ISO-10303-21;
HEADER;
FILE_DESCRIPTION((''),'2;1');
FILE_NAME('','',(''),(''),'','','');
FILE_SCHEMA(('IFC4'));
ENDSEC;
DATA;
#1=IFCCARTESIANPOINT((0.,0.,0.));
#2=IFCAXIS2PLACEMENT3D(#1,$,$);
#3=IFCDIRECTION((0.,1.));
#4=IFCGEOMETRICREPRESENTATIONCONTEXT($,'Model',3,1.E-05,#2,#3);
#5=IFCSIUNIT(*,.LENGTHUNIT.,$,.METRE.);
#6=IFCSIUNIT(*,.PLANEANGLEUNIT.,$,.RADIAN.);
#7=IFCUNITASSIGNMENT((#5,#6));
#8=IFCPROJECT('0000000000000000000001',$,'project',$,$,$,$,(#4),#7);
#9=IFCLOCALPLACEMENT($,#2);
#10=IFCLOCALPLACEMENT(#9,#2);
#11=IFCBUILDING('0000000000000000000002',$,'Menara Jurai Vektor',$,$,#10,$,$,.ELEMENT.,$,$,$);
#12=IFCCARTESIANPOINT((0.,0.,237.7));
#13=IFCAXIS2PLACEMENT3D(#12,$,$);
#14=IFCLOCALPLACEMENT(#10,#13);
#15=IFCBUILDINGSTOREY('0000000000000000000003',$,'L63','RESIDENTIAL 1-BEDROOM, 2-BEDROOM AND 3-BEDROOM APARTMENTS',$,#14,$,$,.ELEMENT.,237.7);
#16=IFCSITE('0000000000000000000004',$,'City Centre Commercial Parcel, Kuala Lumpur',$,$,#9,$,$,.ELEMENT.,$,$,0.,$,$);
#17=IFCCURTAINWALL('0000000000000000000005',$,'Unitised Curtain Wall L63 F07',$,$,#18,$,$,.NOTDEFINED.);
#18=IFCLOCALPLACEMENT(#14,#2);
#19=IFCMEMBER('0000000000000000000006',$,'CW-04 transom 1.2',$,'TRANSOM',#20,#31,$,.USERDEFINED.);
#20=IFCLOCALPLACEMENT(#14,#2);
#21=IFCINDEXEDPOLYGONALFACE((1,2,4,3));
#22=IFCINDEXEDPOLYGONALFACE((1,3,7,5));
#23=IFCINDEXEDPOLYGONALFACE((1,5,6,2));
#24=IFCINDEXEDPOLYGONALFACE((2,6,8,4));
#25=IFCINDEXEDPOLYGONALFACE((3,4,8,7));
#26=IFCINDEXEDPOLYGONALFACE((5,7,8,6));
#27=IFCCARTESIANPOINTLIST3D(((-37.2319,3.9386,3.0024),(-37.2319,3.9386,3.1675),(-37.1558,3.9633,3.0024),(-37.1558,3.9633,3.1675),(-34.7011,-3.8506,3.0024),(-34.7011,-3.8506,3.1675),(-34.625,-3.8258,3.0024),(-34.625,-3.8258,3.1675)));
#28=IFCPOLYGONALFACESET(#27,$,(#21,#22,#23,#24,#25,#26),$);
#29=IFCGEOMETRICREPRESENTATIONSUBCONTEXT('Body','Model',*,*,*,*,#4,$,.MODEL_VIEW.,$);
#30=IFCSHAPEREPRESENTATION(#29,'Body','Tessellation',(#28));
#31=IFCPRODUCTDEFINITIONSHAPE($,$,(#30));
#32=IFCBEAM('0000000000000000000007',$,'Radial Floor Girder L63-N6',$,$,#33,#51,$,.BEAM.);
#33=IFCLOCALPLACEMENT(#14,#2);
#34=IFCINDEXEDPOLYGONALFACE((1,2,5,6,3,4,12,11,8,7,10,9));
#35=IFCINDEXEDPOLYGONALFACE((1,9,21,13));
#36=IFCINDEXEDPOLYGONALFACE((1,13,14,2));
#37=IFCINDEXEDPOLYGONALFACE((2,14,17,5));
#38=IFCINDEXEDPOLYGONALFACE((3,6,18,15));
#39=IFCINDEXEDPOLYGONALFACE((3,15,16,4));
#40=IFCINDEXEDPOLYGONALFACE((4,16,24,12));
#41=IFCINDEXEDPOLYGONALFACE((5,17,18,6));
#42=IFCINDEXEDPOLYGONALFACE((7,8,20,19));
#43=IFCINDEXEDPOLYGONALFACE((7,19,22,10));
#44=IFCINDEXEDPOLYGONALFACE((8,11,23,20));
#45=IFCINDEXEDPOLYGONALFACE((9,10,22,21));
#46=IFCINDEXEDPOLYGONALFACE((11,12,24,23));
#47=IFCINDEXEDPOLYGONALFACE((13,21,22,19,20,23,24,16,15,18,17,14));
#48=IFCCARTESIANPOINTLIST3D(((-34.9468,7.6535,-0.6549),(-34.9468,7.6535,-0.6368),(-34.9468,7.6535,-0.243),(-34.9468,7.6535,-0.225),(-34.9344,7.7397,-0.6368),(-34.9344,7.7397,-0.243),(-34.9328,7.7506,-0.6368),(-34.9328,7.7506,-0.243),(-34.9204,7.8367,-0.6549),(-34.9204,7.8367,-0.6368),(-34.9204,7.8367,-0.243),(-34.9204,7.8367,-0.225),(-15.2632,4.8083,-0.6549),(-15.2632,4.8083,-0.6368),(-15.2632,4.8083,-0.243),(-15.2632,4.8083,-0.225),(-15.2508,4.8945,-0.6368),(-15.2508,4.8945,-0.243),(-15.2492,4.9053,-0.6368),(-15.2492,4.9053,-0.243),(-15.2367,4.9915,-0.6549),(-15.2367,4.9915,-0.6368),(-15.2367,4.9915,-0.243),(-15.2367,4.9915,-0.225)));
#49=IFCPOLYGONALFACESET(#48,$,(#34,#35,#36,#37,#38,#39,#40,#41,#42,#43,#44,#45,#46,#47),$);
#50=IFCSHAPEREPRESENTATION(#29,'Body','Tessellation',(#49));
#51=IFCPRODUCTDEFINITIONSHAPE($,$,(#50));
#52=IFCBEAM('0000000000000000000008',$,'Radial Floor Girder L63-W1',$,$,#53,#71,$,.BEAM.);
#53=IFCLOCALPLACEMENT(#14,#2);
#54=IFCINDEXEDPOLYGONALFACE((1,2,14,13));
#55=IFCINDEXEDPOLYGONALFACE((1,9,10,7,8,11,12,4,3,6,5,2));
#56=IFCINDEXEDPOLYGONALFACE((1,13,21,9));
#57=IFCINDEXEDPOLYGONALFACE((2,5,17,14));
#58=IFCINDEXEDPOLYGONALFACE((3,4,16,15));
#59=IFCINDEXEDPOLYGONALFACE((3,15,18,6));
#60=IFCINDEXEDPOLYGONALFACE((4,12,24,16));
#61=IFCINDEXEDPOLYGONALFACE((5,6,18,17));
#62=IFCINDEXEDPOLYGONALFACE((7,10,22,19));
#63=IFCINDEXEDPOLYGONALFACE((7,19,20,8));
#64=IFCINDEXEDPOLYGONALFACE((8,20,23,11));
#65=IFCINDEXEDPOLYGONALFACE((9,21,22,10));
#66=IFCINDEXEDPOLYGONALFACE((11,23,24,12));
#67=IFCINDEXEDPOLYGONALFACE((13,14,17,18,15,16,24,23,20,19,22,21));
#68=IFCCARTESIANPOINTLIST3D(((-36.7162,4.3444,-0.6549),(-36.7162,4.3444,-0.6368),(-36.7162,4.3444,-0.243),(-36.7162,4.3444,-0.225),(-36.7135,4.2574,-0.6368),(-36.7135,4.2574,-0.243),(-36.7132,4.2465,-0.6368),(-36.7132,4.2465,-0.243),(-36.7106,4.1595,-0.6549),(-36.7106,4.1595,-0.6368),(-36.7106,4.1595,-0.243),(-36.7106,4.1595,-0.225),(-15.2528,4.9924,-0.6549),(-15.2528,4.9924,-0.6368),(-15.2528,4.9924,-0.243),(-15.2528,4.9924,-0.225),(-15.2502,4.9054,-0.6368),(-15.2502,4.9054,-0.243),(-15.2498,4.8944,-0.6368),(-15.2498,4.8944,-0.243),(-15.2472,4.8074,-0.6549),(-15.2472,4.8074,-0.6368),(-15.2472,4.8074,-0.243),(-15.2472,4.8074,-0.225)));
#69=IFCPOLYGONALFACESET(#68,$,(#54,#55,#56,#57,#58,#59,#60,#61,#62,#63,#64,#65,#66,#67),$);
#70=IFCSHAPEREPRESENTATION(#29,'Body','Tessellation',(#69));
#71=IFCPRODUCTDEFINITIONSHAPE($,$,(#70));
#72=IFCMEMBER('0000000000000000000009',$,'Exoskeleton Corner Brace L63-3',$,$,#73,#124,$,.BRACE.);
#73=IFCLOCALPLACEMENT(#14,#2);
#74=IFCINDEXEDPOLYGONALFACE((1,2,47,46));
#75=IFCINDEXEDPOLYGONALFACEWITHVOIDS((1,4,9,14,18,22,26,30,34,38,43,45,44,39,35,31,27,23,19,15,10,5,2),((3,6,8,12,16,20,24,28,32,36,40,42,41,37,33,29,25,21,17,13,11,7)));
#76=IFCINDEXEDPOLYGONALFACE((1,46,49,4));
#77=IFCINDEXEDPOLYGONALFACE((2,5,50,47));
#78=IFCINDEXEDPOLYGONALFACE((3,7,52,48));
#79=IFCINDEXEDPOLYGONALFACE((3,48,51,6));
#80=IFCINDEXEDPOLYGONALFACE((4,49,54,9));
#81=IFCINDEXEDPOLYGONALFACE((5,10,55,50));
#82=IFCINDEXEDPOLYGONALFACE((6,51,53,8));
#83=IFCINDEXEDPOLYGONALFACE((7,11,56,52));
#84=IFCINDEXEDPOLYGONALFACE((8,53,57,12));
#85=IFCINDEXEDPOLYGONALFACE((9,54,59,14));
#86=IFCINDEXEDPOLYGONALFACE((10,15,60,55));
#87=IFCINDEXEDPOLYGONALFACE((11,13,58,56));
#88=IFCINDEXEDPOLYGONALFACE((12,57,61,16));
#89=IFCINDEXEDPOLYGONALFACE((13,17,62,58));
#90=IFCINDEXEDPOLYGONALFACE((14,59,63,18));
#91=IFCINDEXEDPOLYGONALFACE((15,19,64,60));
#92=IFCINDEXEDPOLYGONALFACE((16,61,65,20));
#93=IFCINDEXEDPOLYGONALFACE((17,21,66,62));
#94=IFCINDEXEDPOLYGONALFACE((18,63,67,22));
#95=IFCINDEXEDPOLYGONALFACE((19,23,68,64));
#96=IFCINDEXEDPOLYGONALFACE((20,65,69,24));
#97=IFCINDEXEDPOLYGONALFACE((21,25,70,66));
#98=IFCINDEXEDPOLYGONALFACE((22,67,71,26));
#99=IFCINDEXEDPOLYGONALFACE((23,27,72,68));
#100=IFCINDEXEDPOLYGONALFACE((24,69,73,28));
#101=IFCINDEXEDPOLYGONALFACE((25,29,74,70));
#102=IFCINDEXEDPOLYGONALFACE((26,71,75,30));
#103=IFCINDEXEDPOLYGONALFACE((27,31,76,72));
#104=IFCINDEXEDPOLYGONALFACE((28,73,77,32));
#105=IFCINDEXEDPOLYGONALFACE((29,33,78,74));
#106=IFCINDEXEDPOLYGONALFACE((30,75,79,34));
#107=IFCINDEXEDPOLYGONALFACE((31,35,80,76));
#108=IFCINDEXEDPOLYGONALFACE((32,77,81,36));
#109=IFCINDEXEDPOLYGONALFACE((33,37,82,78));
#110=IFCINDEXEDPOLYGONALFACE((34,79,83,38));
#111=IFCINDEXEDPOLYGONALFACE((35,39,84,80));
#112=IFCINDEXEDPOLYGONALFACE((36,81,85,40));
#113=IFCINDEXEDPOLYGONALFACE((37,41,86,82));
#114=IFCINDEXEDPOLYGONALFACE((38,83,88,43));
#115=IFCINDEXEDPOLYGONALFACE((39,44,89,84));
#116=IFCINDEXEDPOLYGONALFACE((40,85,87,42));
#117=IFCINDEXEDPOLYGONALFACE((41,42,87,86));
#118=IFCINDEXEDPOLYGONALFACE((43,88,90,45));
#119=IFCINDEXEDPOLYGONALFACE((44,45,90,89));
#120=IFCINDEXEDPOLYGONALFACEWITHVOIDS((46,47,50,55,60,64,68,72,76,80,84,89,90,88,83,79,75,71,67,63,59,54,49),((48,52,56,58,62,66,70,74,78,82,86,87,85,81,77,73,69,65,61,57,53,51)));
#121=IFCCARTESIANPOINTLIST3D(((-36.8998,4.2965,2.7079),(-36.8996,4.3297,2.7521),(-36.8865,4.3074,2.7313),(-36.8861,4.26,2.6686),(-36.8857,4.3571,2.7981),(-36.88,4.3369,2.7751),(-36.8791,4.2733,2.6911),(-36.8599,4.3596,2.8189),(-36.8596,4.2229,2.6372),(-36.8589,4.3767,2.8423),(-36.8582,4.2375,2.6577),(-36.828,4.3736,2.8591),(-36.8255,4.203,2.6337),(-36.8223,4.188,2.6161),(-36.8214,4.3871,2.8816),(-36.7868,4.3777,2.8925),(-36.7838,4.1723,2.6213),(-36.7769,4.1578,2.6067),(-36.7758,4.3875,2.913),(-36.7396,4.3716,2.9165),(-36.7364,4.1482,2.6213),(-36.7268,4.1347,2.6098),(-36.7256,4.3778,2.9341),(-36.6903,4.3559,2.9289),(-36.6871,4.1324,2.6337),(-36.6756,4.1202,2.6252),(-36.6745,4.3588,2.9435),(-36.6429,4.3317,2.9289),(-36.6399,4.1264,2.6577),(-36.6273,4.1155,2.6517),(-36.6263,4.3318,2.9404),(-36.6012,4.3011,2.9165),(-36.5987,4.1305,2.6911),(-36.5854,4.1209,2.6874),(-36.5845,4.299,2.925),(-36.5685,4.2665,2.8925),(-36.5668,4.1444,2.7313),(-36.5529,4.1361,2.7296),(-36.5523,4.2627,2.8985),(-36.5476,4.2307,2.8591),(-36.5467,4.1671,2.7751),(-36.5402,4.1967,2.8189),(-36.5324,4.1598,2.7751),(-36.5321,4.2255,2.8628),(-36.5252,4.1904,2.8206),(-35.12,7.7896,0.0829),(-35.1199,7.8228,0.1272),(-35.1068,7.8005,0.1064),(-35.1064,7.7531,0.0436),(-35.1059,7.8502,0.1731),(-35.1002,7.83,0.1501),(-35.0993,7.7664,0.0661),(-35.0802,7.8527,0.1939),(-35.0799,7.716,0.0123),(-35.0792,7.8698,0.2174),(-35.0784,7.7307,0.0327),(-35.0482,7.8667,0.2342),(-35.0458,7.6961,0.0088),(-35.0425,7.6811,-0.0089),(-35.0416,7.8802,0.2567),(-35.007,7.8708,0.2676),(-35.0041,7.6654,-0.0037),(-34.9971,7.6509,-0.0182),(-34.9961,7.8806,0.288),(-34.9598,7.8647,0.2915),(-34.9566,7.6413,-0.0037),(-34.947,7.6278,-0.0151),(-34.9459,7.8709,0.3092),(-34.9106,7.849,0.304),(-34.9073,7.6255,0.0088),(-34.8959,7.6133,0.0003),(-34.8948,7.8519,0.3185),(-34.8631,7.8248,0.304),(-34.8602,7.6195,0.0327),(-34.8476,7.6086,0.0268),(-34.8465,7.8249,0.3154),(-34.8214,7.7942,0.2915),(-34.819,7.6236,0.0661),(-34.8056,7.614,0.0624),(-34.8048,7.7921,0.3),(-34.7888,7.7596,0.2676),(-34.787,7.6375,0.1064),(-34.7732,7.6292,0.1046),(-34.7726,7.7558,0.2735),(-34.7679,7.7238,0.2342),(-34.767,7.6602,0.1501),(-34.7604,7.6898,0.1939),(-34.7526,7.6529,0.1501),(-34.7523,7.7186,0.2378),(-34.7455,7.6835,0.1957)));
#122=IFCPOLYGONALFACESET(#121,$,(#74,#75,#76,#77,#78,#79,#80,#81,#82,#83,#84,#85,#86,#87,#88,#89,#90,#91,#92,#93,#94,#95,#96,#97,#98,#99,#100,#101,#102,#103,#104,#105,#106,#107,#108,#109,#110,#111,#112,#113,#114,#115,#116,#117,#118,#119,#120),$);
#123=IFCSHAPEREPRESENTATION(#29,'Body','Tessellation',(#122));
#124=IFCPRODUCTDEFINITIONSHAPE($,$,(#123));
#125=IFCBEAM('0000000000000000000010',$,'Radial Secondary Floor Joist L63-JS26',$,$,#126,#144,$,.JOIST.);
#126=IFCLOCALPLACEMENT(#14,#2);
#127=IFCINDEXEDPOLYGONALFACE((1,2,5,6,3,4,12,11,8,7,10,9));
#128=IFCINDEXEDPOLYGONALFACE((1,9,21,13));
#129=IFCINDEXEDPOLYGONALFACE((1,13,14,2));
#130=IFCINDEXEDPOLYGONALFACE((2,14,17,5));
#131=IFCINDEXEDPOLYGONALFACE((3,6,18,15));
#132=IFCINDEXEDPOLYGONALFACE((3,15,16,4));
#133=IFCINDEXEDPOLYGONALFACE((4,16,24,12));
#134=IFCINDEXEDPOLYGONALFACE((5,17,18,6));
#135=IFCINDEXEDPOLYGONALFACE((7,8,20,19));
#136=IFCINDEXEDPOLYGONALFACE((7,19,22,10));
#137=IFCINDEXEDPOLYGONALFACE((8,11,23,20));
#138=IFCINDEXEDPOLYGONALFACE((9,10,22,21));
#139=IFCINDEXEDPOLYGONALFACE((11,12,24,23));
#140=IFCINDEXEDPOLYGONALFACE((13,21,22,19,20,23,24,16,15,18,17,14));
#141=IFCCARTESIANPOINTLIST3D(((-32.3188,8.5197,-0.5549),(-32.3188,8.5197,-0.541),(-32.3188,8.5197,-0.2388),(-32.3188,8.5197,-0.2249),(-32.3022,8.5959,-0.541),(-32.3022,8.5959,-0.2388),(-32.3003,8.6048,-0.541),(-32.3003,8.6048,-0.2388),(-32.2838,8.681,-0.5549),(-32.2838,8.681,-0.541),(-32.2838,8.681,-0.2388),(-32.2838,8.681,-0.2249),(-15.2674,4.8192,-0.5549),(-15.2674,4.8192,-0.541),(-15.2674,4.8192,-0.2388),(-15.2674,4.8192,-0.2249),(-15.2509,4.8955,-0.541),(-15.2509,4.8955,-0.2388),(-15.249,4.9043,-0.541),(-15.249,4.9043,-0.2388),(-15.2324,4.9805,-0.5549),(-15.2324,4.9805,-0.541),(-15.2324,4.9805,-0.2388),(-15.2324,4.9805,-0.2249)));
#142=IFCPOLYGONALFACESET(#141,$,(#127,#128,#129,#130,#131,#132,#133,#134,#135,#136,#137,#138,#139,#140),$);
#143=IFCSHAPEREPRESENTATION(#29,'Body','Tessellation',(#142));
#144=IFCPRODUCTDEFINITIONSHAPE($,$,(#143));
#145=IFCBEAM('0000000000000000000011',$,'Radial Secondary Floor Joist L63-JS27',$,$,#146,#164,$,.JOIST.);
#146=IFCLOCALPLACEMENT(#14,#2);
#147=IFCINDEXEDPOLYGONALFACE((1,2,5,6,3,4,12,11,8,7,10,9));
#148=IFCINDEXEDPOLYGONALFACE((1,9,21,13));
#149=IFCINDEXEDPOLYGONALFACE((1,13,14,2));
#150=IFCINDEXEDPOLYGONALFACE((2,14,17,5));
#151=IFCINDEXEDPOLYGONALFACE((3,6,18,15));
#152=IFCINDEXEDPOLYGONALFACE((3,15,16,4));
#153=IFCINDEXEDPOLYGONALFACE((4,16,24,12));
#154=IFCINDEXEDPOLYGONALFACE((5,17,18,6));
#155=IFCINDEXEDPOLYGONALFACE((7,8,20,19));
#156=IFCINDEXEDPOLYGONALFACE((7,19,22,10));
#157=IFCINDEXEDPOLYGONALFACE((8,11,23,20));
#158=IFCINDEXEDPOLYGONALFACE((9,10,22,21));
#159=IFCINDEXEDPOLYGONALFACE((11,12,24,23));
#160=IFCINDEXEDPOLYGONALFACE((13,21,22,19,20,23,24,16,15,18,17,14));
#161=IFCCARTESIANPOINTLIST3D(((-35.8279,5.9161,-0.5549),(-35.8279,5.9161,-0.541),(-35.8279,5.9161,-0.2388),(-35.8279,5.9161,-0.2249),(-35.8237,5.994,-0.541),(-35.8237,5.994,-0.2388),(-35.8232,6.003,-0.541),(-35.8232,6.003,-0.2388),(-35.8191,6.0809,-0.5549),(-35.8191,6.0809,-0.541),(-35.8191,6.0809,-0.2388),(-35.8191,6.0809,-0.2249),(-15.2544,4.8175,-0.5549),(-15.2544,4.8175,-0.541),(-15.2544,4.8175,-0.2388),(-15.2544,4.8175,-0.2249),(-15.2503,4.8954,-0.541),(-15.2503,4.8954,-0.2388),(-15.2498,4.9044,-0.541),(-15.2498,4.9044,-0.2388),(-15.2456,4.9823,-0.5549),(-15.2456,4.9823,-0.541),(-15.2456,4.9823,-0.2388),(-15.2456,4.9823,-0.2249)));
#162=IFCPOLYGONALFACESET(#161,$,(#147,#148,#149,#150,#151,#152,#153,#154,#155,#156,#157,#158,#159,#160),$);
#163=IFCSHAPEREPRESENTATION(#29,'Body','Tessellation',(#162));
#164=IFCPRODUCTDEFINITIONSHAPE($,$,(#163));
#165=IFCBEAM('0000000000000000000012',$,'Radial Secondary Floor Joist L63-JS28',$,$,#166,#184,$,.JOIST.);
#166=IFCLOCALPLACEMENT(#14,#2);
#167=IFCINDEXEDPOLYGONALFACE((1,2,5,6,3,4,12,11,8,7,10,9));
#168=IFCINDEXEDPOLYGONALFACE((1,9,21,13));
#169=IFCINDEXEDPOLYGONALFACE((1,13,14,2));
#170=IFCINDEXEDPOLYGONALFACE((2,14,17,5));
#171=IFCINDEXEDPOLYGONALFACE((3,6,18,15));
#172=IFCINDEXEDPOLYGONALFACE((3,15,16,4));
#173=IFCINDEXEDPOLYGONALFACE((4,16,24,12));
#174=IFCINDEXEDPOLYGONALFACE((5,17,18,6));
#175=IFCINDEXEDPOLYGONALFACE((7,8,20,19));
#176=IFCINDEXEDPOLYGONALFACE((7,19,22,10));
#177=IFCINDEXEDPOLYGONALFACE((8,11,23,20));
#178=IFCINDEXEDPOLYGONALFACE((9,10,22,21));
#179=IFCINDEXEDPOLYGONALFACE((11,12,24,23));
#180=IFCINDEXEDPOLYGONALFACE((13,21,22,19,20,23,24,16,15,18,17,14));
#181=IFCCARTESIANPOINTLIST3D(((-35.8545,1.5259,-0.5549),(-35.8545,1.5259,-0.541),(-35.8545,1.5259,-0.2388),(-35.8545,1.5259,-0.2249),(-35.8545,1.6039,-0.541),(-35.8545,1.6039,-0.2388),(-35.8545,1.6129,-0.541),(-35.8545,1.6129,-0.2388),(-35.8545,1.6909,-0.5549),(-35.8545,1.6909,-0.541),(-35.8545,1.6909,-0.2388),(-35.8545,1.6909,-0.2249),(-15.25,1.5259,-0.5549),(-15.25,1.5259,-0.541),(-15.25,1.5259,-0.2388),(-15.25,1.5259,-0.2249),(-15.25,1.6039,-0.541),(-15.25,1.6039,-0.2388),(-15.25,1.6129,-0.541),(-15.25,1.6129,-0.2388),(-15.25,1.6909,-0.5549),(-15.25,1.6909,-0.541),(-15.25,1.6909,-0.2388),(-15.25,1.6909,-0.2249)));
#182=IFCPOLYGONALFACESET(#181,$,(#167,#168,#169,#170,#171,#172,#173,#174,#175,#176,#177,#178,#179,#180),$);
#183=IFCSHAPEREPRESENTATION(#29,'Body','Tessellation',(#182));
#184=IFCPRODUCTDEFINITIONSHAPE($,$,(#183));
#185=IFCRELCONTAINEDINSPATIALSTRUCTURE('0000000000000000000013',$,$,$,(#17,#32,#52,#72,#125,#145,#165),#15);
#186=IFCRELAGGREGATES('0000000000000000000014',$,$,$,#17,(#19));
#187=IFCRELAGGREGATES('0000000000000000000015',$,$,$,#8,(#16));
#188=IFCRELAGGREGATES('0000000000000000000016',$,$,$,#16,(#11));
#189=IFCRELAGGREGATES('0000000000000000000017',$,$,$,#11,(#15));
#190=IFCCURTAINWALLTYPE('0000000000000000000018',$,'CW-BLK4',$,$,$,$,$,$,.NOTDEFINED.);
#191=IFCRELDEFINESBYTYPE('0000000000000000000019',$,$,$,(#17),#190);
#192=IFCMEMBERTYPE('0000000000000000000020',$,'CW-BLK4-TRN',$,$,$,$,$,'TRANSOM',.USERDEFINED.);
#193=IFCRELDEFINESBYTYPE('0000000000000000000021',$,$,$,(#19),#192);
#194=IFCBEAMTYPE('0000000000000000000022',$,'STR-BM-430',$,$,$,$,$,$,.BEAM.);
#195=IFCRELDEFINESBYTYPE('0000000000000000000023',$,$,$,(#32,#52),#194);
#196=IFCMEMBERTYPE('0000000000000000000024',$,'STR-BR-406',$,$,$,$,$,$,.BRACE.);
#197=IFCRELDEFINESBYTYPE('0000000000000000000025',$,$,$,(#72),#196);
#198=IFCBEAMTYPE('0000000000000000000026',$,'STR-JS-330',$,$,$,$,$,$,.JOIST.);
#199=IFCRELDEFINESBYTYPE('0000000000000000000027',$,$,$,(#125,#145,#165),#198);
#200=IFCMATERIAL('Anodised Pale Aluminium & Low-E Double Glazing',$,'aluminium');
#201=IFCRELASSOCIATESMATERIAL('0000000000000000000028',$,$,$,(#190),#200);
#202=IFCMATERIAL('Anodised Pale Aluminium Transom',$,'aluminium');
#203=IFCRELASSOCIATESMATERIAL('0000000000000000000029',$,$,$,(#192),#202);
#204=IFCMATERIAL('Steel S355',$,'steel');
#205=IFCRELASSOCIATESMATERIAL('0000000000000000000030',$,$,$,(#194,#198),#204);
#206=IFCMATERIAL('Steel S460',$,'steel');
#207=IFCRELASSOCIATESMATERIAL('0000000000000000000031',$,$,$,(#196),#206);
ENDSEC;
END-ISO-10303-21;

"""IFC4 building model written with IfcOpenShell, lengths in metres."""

from ifc_helpers import new_model, si_unit, direction, frame, origin, origin_2d, place, context, subcontext, project, spatial, rectangle, hollow_circle, i_section, extrude, material, material_profile, profile_set, type_object, element, aggregate, save


model = new_model("IFC4")

# Units and contexts
model_context = context("Model", 3, precision=1e-05, world=origin(), true_north=direction((0.0, 1.0)))
body_context = subcontext(model_context, "Body", "Model", "MODEL_VIEW")
ifc_project = project(units=[si_unit("LENGTHUNIT", "METRE"), si_unit("PLANEANGLEUNIT", "RADIAN")], contexts=[model_context])

# Site, building, storey
site_placement = place(None, origin())
site = spatial("IfcSite", under=ifc_project, at=site_placement, Name="City Centre Commercial Parcel, Kuala Lumpur", CompositionType="ELEMENT", RefElevation=0.0)
building_placement = place(site_placement, origin())
building = spatial("IfcBuilding", under=site, at=building_placement, Name="Menara Jurai Vektor", CompositionType="ELEMENT")
storey_placement = place(building_placement, frame((0.0, 0.0, 237.7)))
storey = spatial("IfcBuildingStorey", under=building, at=storey_placement, Name="L63", Description="RESIDENTIAL 1-BEDROOM, 2-BEDROOM AND 3-BEDROOM APARTMENTS", CompositionType="ELEMENT", Elevation=237.7)

# Shared definitions
ifc_material_1 = material(Name="Steel S460", Category="steel")

# Shared definitions
ifc_material_2 = material(Name="Anodised Pale Aluminium & Low-E Double Glazing", Category="aluminium")
curtain_wall_type = type_object("IfcCurtainWallType", Name="CW-BLK4", PredefinedType="NOTDEFINED", material=ifc_material_2)

# Curtain wall
curtain_wall_1_placement = place(storey_placement, origin())
curtain_wall_1 = element("IfcCurtainWall", 1, at=curtain_wall_1_placement, inside=storey, type_object=curtain_wall_type, Name="Unitised Curtain Wall L63 F07", PredefinedType="NOTDEFINED")

# Member
ifc_material_3 = material(Name="Anodised Pale Aluminium Transom", Category="aluminium")
ifc_material_profile_1 = material_profile(ifc_material_3, rectangle(XDim=0.0801, YDim=0.165, at=origin_2d()), Name="ALU TRN 80x165")
ifc_profile_set_1 = profile_set([ifc_material_profile_1], Name="Anodised Pale Aluminium Transom")
member_type_1 = type_object("IfcMemberType", Name="CW-BLK4-TRN", ElementType="TRANSOM", PredefinedType="USERDEFINED", material=ifc_profile_set_1)
member_1_placement = place(storey_placement, frame((-37.1938, 3.9509, 3.085), z_axis=(0.309011, -0.951059, 0.0), x_axis=(0.951059, 0.309011, 0.0)))
member_1 = element("IfcMember", 2, at=member_1_placement, type_object=member_type_1, Name="CW-04 transom 1.2", ObjectType="TRANSOM", PredefinedType="USERDEFINED", context=body_context, shape_type="SweptSolid", body=[
    extrude(rectangle(XDim=0.0801, YDim=0.165, at=origin_2d()), origin(), (0.0, 0.0, 1.0), 8.1899),
])

# Beams
ifc_material_4 = material(Name="Steel S355", Category="steel")
ifc_material_profile_2 = material_profile(ifc_material_4, i_section(OverallWidth=0.1851, OverallDepth=0.4299, WebThickness=0.011, FlangeThickness=0.0181, at=origin_2d()), Name="PG 430x185x76")
ifc_profile_set_2 = profile_set([ifc_material_profile_2], Name="Steel S355")
beam_type_1 = type_object("IfcBeamType", Name="STR-BM-430", PredefinedType="BEAM", material=ifc_profile_set_2)
beam_1_placement = place(storey_placement, frame((-34.9336, 7.7451, -0.4399), z_axis=(0.989714, -0.143061, 0.0), x_axis=(0.143061, 0.989714, 0.0)))
element("IfcBeam", 3, at=beam_1_placement, inside=storey, type_object=beam_type_1, Name="Radial Floor Girder L63-N6", PredefinedType="BEAM", context=body_context, shape_type="SweptSolid", body=[
    extrude(i_section(OverallWidth=0.1851, OverallDepth=0.4299, WebThickness=0.011, FlangeThickness=0.0181, at=origin_2d()), origin(), (0.0, 0.0, 1.0), 19.8882),
])
beam_2_placement = place(storey_placement, frame((-36.7134, 4.252, -0.4399), z_axis=(0.999545, 0.030175, 0.0), x_axis=(-0.030175, 0.999545, 0.0)))
element("IfcBeam", 4, at=beam_2_placement, inside=storey, type_object=beam_type_1, Name="Radial Floor Girder L63-W1", PredefinedType="BEAM", context=body_context, shape_type="SweptSolid", body=[
    extrude(i_section(OverallWidth=0.1851, OverallDepth=0.4299, WebThickness=0.011, FlangeThickness=0.0181, at=origin_2d()), origin(), (0.0, 0.0, 1.0), 21.4731),
])

# Member
ifc_material_profile_3 = material_profile(ifc_material_1, hollow_circle(Radius=0.2031, WallThickness=0.0161, at=origin_2d()), Name="CHS 406.4x16")
ifc_profile_set_3 = profile_set([ifc_material_profile_3], Name="Steel S460")
member_type_2 = type_object("IfcMemberType", Name="STR-BR-406", PredefinedType="BRACE", material=ifc_profile_set_3)
member_2_placement = place(storey_placement, frame((-34.9336, 7.7451, 0.1501), z_axis=(-0.377225, -0.740375, 0.556368), x_axis=(0.891014, -0.453976, 0.0)))
element("IfcMember", 5, at=member_2_placement, inside=storey, type_object=member_type_2, Name="Exoskeleton Corner Brace L63-3", PredefinedType="BRACE", context=body_context, shape_type="SweptSolid", body=[
    extrude(hollow_circle(Radius=0.2031, WallThickness=0.0161, at=origin_2d()), origin(), (0.0, 0.0, 1.0), 4.718),
])

# Beams
ifc_material_profile_4 = material_profile(ifc_material_4, i_section(OverallWidth=0.165, OverallDepth=0.3301, WebThickness=0.009, FlangeThickness=0.0139, at=origin_2d()), Name="PG 330x165x46")
ifc_profile_set_4 = profile_set([ifc_material_profile_4], Name="Steel S355")
beam_type_2 = type_object("IfcBeamType", Name="STR-JS-330", PredefinedType="JOIST", material=ifc_profile_set_4)
beam_3_placement = place(storey_placement, frame((-32.3013, 8.6003, -0.3899), z_axis=(0.977252, -0.212082, 0.0), x_axis=(0.212082, 0.977252, 0.0)))
element("IfcBeam", 6, at=beam_3_placement, inside=storey, type_object=beam_type_2, Name="Radial Secondary Floor Joist L63-JS26", PredefinedType="JOIST", context=body_context, shape_type="SweptSolid", body=[
    extrude(i_section(OverallWidth=0.165, OverallDepth=0.3301, WebThickness=0.009, FlangeThickness=0.0139, at=origin_2d()), origin(), (0.0, 0.0, 1.0), 17.4482),
])
beam_4_placement = place(storey_placement, frame((-35.8235, 5.9985, -0.3899), z_axis=(0.998577, -0.053324, 0.0), x_axis=(0.053324, 0.998577, 0.0)))
element("IfcBeam", 7, at=beam_4_placement, inside=storey, type_object=beam_type_2, Name="Radial Secondary Floor Joist L63-JS27", PredefinedType="JOIST", context=body_context, shape_type="SweptSolid", body=[
    extrude(i_section(OverallWidth=0.165, OverallDepth=0.3301, WebThickness=0.009, FlangeThickness=0.0139, at=origin_2d()), origin(), (0.0, 0.0, 1.0), 20.6028),
])
beam_5_placement = place(storey_placement, frame((-35.8545, 1.6084, -0.3899), z_axis=(1.0, 0.0, 0.0), x_axis=(0.0, 1.0, 0.0)))
element("IfcBeam", 8, at=beam_5_placement, inside=storey, type_object=beam_type_2, Name="Radial Secondary Floor Joist L63-JS28", PredefinedType="JOIST", context=body_context, shape_type="SweptSolid", body=[
    extrude(i_section(OverallWidth=0.165, OverallDepth=0.3301, WebThickness=0.009, FlangeThickness=0.0139, at=origin_2d()), origin(), (0.0, 0.0, 1.0), 20.6045),
])

aggregate(curtain_wall_1, [member_1])

save(model, "model.ifc")
